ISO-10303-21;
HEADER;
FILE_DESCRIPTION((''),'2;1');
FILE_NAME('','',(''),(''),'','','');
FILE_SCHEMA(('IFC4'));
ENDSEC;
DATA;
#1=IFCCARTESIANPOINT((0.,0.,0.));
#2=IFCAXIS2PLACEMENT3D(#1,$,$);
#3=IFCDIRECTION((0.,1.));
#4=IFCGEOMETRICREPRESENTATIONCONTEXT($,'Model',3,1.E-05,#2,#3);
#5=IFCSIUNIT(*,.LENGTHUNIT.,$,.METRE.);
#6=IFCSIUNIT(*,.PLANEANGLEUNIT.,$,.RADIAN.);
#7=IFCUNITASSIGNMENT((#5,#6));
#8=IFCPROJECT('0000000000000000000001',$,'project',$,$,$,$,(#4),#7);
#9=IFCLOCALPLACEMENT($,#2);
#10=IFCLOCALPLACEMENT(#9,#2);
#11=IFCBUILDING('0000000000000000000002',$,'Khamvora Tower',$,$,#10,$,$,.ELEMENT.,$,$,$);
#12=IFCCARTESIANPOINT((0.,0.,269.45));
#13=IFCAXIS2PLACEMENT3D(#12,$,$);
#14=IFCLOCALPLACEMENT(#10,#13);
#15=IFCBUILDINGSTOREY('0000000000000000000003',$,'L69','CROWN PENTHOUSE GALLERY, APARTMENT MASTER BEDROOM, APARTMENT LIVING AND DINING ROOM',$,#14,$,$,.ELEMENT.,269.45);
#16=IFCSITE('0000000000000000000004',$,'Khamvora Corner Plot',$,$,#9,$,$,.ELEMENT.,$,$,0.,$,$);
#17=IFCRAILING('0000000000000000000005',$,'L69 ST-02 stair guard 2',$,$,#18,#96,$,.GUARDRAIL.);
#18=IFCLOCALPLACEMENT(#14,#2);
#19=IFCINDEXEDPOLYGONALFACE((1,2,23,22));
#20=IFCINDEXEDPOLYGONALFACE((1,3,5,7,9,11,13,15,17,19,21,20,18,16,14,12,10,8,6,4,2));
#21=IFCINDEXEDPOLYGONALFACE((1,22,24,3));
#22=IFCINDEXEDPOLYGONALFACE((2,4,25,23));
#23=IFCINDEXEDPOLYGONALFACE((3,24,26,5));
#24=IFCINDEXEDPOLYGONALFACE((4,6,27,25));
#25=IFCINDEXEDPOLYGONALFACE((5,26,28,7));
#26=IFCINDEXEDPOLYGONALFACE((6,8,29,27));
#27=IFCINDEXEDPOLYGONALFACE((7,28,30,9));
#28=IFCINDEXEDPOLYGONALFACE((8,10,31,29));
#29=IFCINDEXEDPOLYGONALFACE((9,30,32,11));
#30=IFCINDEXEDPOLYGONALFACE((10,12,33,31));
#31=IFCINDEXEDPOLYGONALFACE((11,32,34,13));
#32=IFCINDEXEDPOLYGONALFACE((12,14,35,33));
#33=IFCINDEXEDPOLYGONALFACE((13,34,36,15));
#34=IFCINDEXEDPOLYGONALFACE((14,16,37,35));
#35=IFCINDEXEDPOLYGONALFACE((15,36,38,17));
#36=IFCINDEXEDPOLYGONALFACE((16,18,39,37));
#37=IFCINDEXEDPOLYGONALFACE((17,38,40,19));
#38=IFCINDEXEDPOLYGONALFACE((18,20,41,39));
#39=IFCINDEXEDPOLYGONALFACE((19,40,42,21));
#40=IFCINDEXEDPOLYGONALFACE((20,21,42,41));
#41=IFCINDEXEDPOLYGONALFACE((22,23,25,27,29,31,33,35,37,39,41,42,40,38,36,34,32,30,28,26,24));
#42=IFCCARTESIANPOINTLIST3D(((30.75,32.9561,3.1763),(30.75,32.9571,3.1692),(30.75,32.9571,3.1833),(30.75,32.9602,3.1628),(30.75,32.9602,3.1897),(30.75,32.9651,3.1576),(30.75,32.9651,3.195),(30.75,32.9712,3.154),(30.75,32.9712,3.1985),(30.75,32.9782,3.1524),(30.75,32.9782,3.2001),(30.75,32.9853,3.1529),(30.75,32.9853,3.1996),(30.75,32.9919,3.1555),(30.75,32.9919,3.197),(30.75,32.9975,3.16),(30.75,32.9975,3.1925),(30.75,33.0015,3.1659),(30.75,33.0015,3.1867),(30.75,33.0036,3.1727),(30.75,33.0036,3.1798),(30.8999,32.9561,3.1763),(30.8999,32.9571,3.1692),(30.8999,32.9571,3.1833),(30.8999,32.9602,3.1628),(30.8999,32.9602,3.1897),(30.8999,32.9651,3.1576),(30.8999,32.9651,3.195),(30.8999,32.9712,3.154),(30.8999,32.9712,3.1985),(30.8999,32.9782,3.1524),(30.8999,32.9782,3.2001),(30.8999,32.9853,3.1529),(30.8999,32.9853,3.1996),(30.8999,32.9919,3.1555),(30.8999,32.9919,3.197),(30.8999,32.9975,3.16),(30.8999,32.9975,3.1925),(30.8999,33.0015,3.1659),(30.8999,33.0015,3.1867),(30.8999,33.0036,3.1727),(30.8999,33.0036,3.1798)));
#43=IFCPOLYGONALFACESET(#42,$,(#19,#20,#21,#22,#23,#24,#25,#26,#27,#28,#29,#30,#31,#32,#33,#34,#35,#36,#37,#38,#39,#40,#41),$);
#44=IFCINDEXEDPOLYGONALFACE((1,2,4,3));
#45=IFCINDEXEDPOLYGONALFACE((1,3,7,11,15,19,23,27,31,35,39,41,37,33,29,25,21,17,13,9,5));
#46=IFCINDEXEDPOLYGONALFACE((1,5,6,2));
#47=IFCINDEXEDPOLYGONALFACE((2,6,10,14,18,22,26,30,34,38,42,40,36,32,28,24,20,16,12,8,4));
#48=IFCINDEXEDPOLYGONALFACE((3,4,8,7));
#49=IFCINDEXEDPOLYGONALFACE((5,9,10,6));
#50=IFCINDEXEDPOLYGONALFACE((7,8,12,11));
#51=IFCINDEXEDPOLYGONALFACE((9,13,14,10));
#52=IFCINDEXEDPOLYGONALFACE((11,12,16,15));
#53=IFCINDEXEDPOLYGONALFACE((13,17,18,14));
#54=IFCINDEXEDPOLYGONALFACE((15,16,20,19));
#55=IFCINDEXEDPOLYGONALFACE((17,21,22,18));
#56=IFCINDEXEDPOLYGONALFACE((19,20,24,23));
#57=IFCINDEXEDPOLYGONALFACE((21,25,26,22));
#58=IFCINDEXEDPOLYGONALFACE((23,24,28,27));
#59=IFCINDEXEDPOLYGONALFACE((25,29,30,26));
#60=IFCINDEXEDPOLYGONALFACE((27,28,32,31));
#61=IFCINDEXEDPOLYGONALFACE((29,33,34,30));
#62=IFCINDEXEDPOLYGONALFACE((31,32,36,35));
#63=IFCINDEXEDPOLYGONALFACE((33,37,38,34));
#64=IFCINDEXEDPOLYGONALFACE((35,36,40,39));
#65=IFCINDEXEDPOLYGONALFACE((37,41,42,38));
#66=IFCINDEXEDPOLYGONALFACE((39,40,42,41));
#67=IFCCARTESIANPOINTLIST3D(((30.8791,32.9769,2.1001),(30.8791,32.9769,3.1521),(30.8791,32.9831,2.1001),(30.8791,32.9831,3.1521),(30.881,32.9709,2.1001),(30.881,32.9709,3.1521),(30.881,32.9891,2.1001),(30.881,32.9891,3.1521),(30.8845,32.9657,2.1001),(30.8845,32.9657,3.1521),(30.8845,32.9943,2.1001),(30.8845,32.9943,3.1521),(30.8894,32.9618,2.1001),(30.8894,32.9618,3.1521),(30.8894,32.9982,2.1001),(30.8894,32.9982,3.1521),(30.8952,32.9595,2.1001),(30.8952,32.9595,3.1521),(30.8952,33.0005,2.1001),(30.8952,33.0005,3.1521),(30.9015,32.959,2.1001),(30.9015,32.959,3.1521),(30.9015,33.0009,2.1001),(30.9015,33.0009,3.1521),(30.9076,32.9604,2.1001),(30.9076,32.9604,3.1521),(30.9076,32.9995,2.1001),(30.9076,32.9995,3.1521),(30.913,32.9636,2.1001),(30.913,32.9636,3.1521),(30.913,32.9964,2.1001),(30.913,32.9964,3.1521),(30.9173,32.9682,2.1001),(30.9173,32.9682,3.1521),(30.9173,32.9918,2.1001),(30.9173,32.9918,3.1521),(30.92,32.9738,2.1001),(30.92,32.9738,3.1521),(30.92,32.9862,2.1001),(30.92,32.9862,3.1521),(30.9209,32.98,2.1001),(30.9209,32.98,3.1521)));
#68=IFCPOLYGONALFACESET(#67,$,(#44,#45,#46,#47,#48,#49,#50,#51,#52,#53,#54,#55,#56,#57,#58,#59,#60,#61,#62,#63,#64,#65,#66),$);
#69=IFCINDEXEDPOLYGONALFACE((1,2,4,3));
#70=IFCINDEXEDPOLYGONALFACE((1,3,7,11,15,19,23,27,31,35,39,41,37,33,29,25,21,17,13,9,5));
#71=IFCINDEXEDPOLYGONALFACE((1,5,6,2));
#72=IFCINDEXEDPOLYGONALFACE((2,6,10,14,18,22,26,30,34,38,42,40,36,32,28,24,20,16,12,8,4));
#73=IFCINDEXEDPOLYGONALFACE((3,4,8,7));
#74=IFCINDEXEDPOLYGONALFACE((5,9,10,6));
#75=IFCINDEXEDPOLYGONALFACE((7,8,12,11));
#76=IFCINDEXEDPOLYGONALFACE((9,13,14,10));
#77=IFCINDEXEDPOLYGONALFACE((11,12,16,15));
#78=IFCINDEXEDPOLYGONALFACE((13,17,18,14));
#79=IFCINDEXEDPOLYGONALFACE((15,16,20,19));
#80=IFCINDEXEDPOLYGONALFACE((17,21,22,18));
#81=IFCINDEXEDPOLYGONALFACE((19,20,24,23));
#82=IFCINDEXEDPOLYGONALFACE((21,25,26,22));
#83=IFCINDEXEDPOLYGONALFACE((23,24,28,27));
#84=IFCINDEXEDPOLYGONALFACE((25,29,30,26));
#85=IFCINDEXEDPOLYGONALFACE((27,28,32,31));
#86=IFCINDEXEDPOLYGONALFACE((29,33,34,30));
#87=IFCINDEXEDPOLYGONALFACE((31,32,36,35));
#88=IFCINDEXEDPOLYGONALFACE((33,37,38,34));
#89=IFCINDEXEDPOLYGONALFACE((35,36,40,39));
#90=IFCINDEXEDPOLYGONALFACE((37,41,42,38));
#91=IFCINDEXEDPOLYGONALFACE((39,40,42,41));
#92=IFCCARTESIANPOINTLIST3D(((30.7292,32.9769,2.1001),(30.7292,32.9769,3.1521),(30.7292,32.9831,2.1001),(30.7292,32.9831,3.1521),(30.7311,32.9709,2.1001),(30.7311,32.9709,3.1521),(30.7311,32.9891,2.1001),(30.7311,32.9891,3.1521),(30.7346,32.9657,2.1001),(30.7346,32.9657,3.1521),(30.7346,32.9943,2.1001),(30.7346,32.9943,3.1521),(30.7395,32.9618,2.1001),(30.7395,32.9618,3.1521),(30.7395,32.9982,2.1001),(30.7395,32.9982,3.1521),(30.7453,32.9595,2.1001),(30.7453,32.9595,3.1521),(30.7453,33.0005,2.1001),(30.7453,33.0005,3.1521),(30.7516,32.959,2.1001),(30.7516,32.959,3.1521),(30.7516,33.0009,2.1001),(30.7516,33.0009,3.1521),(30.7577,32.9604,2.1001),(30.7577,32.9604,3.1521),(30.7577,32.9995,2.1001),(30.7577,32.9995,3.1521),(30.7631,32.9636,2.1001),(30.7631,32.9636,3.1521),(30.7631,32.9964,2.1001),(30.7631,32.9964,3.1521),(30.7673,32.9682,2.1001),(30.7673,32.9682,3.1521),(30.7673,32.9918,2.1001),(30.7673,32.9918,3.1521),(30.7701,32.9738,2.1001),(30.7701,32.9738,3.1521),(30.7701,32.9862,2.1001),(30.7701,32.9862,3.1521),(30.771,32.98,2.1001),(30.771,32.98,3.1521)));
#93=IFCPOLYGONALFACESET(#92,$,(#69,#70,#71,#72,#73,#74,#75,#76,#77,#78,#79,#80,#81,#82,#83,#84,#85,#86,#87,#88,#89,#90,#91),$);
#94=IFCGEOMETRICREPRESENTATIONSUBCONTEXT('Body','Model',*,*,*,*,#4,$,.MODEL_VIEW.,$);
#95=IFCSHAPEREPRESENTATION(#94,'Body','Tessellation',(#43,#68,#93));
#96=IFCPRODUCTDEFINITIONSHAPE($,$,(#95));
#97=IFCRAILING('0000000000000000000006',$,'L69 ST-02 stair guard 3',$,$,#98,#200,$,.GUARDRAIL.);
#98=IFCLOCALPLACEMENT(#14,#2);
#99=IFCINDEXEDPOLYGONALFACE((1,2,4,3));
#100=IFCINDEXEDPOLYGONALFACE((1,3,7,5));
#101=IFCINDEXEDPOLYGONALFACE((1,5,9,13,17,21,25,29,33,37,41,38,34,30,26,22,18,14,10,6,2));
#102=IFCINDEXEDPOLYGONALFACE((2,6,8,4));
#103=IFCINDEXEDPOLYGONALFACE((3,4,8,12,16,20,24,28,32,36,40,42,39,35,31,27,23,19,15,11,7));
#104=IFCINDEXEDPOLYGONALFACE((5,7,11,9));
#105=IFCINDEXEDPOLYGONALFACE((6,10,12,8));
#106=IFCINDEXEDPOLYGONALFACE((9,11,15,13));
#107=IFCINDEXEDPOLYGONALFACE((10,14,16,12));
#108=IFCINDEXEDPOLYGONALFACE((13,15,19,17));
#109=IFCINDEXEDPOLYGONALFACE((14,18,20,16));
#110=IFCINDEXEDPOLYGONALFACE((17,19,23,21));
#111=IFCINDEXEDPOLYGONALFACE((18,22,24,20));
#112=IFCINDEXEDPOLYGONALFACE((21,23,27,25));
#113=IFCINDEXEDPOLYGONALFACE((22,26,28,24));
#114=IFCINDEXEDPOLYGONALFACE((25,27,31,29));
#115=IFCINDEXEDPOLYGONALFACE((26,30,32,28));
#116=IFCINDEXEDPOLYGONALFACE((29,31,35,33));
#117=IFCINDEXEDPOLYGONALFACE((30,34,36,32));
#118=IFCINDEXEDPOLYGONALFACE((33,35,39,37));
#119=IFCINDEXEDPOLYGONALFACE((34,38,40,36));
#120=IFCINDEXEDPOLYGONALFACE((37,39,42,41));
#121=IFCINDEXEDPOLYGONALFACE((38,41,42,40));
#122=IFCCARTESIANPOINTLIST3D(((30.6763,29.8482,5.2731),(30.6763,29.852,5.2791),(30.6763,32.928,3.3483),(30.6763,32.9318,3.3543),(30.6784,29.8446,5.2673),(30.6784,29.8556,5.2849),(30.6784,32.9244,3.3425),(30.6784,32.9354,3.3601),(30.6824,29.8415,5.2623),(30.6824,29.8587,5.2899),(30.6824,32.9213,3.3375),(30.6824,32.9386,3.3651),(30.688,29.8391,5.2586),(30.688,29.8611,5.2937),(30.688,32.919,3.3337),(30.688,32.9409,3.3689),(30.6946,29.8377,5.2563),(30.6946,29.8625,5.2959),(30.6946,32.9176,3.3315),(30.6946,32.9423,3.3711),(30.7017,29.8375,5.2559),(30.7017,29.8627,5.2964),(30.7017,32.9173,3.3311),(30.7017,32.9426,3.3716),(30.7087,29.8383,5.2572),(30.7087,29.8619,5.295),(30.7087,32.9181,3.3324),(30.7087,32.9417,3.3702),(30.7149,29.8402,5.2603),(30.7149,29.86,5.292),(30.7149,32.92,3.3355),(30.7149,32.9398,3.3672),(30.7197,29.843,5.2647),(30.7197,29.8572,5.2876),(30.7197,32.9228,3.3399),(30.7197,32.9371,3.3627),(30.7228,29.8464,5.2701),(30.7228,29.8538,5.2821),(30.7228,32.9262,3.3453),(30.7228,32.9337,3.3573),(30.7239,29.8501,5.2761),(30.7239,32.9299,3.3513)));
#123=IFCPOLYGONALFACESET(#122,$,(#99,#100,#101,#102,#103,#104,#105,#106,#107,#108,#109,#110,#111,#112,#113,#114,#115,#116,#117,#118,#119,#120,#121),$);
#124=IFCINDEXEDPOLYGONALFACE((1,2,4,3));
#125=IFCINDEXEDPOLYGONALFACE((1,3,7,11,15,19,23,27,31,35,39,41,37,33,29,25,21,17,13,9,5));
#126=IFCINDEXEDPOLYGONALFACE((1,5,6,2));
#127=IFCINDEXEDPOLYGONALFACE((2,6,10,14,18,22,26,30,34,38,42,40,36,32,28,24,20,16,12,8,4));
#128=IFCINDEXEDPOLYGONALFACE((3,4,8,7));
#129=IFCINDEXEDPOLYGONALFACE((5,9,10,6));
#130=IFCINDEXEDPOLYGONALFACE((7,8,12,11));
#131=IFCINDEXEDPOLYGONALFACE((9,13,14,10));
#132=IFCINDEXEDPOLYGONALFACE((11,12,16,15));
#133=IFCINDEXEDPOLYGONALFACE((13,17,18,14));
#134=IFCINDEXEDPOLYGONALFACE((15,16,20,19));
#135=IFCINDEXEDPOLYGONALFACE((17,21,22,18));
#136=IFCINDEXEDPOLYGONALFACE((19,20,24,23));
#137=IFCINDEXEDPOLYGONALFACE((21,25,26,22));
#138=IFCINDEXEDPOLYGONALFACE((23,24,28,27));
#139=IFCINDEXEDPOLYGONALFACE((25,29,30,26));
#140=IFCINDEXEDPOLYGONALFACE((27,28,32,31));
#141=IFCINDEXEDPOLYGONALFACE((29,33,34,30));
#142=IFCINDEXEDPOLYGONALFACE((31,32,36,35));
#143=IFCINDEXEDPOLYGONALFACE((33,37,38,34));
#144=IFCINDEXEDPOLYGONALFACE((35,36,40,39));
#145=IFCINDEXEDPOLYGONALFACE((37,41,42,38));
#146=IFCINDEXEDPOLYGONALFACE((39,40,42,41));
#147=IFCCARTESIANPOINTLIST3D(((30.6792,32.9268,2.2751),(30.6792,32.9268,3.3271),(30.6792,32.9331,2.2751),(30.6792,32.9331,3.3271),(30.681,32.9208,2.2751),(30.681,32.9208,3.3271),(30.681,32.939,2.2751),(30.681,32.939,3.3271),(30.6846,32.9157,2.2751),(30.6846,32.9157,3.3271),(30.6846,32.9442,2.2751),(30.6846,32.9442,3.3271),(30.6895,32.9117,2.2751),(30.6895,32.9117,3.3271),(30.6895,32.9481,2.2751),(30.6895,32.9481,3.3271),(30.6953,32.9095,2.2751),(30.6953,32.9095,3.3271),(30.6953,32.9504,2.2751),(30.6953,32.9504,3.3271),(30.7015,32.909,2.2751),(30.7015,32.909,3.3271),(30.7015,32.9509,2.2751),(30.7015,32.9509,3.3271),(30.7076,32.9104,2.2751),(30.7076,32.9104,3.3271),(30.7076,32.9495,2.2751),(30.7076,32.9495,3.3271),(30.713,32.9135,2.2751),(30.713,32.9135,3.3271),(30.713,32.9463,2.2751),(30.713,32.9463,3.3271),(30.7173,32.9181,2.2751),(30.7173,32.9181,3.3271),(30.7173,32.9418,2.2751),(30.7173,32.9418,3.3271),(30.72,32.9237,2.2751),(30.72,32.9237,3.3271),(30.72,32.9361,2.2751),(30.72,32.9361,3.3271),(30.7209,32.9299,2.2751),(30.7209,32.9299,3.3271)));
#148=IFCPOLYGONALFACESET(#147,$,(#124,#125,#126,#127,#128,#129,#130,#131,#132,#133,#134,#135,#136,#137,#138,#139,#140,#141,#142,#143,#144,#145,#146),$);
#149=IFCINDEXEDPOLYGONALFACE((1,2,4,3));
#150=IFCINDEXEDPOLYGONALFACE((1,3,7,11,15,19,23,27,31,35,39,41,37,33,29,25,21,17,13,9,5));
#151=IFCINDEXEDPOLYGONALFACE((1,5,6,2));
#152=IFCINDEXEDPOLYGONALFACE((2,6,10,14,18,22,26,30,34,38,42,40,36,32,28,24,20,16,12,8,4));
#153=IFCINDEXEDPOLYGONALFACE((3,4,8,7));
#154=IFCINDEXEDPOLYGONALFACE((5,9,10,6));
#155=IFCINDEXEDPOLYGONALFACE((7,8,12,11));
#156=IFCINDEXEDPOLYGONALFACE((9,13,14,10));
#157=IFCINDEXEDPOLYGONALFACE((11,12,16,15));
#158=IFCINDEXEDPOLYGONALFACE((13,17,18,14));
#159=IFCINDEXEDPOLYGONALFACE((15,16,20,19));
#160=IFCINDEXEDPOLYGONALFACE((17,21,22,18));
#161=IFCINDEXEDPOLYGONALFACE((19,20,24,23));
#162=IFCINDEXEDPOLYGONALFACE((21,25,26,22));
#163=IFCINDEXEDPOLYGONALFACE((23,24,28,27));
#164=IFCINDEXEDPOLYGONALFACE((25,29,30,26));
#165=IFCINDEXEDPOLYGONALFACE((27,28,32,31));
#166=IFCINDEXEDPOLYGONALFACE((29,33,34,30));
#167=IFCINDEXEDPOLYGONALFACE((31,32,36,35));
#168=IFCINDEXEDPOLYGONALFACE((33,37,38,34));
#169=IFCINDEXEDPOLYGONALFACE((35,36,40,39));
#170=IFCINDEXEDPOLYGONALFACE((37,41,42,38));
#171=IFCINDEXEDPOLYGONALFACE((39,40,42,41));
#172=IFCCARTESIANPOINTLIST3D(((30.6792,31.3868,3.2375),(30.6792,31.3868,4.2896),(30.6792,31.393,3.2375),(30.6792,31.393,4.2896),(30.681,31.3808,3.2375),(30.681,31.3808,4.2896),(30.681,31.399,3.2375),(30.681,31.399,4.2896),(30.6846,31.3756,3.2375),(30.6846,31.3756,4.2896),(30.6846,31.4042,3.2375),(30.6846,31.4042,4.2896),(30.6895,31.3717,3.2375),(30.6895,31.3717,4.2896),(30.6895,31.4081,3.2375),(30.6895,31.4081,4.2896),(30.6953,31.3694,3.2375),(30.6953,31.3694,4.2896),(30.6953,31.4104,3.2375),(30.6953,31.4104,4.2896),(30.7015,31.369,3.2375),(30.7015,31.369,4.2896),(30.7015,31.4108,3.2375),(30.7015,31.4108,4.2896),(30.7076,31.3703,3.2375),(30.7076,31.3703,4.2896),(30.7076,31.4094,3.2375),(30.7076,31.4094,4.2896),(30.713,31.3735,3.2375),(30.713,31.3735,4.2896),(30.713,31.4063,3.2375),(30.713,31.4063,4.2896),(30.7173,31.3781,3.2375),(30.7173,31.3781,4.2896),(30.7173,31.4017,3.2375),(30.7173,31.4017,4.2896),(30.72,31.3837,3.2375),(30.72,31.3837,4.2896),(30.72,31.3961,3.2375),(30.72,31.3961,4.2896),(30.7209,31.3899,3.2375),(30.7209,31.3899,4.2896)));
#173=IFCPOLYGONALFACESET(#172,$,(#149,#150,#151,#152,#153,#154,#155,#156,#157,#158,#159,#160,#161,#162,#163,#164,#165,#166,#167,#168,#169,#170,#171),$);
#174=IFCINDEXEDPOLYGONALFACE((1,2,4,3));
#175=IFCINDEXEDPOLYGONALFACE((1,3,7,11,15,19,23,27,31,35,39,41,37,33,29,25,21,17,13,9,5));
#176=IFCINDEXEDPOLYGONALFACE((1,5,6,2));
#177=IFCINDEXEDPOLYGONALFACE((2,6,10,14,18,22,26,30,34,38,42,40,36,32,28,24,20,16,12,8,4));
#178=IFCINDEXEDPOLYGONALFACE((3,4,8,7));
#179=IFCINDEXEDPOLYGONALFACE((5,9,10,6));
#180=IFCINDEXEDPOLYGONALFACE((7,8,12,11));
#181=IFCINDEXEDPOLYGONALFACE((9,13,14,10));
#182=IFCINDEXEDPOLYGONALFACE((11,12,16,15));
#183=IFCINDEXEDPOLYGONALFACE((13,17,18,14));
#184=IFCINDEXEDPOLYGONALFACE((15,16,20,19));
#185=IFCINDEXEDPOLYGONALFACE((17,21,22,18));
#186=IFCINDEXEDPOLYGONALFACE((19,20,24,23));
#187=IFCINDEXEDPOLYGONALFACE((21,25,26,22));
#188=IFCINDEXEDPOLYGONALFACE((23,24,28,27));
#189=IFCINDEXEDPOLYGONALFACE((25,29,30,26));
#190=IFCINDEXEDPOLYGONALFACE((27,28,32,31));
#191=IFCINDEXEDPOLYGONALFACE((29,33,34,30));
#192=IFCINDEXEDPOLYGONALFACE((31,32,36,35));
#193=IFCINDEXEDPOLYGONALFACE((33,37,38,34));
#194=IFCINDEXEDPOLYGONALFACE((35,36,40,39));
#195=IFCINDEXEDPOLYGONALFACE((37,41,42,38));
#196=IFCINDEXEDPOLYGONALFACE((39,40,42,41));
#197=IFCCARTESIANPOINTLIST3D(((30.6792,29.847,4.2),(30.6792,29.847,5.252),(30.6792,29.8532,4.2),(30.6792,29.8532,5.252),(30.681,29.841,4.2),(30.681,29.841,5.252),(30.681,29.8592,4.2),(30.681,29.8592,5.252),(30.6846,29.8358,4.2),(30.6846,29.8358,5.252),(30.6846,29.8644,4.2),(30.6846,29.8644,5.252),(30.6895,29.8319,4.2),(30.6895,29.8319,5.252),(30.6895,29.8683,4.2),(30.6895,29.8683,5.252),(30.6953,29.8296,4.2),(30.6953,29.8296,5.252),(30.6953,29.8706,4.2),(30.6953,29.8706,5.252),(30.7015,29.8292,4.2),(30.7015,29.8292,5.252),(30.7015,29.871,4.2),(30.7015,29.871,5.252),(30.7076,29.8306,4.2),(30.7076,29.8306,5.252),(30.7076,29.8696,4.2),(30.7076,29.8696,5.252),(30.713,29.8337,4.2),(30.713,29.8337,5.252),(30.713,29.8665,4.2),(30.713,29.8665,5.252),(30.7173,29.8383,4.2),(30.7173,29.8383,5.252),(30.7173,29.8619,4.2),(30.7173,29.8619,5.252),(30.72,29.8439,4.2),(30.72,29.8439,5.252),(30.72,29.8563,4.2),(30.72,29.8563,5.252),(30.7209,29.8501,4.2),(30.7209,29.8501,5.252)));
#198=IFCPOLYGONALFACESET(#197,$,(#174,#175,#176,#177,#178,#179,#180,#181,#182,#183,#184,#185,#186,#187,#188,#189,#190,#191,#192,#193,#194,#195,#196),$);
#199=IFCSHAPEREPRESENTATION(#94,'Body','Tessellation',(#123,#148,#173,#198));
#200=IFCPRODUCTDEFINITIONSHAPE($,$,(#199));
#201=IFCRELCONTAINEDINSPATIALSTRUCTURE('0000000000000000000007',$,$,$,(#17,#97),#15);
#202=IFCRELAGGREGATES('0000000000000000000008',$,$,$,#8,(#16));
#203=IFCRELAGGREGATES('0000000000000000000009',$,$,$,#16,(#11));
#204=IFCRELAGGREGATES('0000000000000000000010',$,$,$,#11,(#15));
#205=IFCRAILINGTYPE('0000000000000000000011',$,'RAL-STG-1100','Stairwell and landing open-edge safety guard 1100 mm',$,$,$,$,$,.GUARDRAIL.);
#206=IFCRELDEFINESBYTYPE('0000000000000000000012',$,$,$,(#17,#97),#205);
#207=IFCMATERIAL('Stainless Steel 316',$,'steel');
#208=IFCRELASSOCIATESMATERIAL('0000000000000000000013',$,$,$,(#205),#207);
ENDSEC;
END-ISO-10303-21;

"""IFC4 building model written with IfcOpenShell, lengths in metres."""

from ifc_helpers import new_model, si_unit, direction, frame, origin, origin_2d, place, context, subcontext, project, spatial, circle, extrude, material, type_object, element, save


model = new_model("IFC4")

# Units and contexts
model_context = context("Model", 3, precision=1e-05, world=origin(), true_north=direction((0.0, 1.0)))
body_context = subcontext(model_context, "Body", "Model", "MODEL_VIEW")
ifc_project = project(units=[si_unit("LENGTHUNIT", "METRE"), si_unit("PLANEANGLEUNIT", "RADIAN")], contexts=[model_context])

# Site, building, storey
site_placement = place(None, origin())
site = spatial("IfcSite", under=ifc_project, at=site_placement, Name="Khamvora Corner Plot", CompositionType="ELEMENT", RefElevation=0.0)
building_placement = place(site_placement, origin())
building = spatial("IfcBuilding", under=site, at=building_placement, Name="Khamvora Tower", CompositionType="ELEMENT")
storey_placement = place(building_placement, frame((0.0, 0.0, 269.45)))
storey = spatial("IfcBuildingStorey", under=building, at=storey_placement, Name="L69", Description="CROWN PENTHOUSE GALLERY, APARTMENT MASTER BEDROOM, APARTMENT LIVING AND DINING ROOM", CompositionType="ELEMENT", Elevation=269.45)

# Railings
ifc_material_1 = material(Name="Stainless Steel 316", Category="steel")
railing_type = type_object("IfcRailingType", Name="RAL-STG-1100", Description="Stairwell and landing open-edge safety guard 1100 mm", PredefinedType="GUARDRAIL", material=ifc_material_1)
railing_1_placement = place(storey_placement, frame((30.8999, 32.98, 2.1001)))
element("IfcRailing", 1, at=railing_1_placement, inside=storey, type_object=railing_type, Name="L69 ST-02 stair guard 2", PredefinedType="GUARDRAIL", context=body_context, shape_type="SweptSolid", body=[
    extrude(circle(Radius=0.0239, at=origin_2d()), frame((0.0, 0.0, 1.0762), z_axis=(-1.0, 0.0, 0.0), x_axis=(0.0, -1.0, 0.0)), (0.0, 0.0, 1.0), 0.1499),
    extrude(circle(Radius=0.021, at=origin_2d()), origin(), (0.0, 0.0, 1.0), 1.052),
    extrude(circle(Radius=0.021, at=origin_2d()), frame((-0.1499, 0.0, 0.0)), (0.0, 0.0, 1.0), 1.052),
])
railing_2_placement = place(storey_placement, frame((30.7, 32.9299, 2.2751)))
element("IfcRailing", 2, at=railing_2_placement, inside=storey, type_object=railing_type, Name="L69 ST-02 stair guard 3", PredefinedType="GUARDRAIL", context=body_context, shape_type="SweptSolid", body=[
    extrude(circle(Radius=0.0239, at=origin_2d()), frame((0.0, 0.0, 1.0762), z_axis=(0.0, -0.84801, 0.529981), x_axis=(1.0, 0.0, 0.0)), (0.0, 0.0, 1.0), 3.6318),
    extrude(circle(Radius=0.021, at=origin_2d()), origin(), (0.0, 0.0, 1.0), 1.052),
    extrude(circle(Radius=0.021, at=origin_2d()), frame((0.0, -1.54, 0.9624)), (0.0, 0.0, 1.0), 1.052),
    extrude(circle(Radius=0.021, at=origin_2d()), frame((0.0, -3.0798, 1.9248)), (0.0, 0.0, 1.0), 1.052),
])

save(model, "model.ifc")
